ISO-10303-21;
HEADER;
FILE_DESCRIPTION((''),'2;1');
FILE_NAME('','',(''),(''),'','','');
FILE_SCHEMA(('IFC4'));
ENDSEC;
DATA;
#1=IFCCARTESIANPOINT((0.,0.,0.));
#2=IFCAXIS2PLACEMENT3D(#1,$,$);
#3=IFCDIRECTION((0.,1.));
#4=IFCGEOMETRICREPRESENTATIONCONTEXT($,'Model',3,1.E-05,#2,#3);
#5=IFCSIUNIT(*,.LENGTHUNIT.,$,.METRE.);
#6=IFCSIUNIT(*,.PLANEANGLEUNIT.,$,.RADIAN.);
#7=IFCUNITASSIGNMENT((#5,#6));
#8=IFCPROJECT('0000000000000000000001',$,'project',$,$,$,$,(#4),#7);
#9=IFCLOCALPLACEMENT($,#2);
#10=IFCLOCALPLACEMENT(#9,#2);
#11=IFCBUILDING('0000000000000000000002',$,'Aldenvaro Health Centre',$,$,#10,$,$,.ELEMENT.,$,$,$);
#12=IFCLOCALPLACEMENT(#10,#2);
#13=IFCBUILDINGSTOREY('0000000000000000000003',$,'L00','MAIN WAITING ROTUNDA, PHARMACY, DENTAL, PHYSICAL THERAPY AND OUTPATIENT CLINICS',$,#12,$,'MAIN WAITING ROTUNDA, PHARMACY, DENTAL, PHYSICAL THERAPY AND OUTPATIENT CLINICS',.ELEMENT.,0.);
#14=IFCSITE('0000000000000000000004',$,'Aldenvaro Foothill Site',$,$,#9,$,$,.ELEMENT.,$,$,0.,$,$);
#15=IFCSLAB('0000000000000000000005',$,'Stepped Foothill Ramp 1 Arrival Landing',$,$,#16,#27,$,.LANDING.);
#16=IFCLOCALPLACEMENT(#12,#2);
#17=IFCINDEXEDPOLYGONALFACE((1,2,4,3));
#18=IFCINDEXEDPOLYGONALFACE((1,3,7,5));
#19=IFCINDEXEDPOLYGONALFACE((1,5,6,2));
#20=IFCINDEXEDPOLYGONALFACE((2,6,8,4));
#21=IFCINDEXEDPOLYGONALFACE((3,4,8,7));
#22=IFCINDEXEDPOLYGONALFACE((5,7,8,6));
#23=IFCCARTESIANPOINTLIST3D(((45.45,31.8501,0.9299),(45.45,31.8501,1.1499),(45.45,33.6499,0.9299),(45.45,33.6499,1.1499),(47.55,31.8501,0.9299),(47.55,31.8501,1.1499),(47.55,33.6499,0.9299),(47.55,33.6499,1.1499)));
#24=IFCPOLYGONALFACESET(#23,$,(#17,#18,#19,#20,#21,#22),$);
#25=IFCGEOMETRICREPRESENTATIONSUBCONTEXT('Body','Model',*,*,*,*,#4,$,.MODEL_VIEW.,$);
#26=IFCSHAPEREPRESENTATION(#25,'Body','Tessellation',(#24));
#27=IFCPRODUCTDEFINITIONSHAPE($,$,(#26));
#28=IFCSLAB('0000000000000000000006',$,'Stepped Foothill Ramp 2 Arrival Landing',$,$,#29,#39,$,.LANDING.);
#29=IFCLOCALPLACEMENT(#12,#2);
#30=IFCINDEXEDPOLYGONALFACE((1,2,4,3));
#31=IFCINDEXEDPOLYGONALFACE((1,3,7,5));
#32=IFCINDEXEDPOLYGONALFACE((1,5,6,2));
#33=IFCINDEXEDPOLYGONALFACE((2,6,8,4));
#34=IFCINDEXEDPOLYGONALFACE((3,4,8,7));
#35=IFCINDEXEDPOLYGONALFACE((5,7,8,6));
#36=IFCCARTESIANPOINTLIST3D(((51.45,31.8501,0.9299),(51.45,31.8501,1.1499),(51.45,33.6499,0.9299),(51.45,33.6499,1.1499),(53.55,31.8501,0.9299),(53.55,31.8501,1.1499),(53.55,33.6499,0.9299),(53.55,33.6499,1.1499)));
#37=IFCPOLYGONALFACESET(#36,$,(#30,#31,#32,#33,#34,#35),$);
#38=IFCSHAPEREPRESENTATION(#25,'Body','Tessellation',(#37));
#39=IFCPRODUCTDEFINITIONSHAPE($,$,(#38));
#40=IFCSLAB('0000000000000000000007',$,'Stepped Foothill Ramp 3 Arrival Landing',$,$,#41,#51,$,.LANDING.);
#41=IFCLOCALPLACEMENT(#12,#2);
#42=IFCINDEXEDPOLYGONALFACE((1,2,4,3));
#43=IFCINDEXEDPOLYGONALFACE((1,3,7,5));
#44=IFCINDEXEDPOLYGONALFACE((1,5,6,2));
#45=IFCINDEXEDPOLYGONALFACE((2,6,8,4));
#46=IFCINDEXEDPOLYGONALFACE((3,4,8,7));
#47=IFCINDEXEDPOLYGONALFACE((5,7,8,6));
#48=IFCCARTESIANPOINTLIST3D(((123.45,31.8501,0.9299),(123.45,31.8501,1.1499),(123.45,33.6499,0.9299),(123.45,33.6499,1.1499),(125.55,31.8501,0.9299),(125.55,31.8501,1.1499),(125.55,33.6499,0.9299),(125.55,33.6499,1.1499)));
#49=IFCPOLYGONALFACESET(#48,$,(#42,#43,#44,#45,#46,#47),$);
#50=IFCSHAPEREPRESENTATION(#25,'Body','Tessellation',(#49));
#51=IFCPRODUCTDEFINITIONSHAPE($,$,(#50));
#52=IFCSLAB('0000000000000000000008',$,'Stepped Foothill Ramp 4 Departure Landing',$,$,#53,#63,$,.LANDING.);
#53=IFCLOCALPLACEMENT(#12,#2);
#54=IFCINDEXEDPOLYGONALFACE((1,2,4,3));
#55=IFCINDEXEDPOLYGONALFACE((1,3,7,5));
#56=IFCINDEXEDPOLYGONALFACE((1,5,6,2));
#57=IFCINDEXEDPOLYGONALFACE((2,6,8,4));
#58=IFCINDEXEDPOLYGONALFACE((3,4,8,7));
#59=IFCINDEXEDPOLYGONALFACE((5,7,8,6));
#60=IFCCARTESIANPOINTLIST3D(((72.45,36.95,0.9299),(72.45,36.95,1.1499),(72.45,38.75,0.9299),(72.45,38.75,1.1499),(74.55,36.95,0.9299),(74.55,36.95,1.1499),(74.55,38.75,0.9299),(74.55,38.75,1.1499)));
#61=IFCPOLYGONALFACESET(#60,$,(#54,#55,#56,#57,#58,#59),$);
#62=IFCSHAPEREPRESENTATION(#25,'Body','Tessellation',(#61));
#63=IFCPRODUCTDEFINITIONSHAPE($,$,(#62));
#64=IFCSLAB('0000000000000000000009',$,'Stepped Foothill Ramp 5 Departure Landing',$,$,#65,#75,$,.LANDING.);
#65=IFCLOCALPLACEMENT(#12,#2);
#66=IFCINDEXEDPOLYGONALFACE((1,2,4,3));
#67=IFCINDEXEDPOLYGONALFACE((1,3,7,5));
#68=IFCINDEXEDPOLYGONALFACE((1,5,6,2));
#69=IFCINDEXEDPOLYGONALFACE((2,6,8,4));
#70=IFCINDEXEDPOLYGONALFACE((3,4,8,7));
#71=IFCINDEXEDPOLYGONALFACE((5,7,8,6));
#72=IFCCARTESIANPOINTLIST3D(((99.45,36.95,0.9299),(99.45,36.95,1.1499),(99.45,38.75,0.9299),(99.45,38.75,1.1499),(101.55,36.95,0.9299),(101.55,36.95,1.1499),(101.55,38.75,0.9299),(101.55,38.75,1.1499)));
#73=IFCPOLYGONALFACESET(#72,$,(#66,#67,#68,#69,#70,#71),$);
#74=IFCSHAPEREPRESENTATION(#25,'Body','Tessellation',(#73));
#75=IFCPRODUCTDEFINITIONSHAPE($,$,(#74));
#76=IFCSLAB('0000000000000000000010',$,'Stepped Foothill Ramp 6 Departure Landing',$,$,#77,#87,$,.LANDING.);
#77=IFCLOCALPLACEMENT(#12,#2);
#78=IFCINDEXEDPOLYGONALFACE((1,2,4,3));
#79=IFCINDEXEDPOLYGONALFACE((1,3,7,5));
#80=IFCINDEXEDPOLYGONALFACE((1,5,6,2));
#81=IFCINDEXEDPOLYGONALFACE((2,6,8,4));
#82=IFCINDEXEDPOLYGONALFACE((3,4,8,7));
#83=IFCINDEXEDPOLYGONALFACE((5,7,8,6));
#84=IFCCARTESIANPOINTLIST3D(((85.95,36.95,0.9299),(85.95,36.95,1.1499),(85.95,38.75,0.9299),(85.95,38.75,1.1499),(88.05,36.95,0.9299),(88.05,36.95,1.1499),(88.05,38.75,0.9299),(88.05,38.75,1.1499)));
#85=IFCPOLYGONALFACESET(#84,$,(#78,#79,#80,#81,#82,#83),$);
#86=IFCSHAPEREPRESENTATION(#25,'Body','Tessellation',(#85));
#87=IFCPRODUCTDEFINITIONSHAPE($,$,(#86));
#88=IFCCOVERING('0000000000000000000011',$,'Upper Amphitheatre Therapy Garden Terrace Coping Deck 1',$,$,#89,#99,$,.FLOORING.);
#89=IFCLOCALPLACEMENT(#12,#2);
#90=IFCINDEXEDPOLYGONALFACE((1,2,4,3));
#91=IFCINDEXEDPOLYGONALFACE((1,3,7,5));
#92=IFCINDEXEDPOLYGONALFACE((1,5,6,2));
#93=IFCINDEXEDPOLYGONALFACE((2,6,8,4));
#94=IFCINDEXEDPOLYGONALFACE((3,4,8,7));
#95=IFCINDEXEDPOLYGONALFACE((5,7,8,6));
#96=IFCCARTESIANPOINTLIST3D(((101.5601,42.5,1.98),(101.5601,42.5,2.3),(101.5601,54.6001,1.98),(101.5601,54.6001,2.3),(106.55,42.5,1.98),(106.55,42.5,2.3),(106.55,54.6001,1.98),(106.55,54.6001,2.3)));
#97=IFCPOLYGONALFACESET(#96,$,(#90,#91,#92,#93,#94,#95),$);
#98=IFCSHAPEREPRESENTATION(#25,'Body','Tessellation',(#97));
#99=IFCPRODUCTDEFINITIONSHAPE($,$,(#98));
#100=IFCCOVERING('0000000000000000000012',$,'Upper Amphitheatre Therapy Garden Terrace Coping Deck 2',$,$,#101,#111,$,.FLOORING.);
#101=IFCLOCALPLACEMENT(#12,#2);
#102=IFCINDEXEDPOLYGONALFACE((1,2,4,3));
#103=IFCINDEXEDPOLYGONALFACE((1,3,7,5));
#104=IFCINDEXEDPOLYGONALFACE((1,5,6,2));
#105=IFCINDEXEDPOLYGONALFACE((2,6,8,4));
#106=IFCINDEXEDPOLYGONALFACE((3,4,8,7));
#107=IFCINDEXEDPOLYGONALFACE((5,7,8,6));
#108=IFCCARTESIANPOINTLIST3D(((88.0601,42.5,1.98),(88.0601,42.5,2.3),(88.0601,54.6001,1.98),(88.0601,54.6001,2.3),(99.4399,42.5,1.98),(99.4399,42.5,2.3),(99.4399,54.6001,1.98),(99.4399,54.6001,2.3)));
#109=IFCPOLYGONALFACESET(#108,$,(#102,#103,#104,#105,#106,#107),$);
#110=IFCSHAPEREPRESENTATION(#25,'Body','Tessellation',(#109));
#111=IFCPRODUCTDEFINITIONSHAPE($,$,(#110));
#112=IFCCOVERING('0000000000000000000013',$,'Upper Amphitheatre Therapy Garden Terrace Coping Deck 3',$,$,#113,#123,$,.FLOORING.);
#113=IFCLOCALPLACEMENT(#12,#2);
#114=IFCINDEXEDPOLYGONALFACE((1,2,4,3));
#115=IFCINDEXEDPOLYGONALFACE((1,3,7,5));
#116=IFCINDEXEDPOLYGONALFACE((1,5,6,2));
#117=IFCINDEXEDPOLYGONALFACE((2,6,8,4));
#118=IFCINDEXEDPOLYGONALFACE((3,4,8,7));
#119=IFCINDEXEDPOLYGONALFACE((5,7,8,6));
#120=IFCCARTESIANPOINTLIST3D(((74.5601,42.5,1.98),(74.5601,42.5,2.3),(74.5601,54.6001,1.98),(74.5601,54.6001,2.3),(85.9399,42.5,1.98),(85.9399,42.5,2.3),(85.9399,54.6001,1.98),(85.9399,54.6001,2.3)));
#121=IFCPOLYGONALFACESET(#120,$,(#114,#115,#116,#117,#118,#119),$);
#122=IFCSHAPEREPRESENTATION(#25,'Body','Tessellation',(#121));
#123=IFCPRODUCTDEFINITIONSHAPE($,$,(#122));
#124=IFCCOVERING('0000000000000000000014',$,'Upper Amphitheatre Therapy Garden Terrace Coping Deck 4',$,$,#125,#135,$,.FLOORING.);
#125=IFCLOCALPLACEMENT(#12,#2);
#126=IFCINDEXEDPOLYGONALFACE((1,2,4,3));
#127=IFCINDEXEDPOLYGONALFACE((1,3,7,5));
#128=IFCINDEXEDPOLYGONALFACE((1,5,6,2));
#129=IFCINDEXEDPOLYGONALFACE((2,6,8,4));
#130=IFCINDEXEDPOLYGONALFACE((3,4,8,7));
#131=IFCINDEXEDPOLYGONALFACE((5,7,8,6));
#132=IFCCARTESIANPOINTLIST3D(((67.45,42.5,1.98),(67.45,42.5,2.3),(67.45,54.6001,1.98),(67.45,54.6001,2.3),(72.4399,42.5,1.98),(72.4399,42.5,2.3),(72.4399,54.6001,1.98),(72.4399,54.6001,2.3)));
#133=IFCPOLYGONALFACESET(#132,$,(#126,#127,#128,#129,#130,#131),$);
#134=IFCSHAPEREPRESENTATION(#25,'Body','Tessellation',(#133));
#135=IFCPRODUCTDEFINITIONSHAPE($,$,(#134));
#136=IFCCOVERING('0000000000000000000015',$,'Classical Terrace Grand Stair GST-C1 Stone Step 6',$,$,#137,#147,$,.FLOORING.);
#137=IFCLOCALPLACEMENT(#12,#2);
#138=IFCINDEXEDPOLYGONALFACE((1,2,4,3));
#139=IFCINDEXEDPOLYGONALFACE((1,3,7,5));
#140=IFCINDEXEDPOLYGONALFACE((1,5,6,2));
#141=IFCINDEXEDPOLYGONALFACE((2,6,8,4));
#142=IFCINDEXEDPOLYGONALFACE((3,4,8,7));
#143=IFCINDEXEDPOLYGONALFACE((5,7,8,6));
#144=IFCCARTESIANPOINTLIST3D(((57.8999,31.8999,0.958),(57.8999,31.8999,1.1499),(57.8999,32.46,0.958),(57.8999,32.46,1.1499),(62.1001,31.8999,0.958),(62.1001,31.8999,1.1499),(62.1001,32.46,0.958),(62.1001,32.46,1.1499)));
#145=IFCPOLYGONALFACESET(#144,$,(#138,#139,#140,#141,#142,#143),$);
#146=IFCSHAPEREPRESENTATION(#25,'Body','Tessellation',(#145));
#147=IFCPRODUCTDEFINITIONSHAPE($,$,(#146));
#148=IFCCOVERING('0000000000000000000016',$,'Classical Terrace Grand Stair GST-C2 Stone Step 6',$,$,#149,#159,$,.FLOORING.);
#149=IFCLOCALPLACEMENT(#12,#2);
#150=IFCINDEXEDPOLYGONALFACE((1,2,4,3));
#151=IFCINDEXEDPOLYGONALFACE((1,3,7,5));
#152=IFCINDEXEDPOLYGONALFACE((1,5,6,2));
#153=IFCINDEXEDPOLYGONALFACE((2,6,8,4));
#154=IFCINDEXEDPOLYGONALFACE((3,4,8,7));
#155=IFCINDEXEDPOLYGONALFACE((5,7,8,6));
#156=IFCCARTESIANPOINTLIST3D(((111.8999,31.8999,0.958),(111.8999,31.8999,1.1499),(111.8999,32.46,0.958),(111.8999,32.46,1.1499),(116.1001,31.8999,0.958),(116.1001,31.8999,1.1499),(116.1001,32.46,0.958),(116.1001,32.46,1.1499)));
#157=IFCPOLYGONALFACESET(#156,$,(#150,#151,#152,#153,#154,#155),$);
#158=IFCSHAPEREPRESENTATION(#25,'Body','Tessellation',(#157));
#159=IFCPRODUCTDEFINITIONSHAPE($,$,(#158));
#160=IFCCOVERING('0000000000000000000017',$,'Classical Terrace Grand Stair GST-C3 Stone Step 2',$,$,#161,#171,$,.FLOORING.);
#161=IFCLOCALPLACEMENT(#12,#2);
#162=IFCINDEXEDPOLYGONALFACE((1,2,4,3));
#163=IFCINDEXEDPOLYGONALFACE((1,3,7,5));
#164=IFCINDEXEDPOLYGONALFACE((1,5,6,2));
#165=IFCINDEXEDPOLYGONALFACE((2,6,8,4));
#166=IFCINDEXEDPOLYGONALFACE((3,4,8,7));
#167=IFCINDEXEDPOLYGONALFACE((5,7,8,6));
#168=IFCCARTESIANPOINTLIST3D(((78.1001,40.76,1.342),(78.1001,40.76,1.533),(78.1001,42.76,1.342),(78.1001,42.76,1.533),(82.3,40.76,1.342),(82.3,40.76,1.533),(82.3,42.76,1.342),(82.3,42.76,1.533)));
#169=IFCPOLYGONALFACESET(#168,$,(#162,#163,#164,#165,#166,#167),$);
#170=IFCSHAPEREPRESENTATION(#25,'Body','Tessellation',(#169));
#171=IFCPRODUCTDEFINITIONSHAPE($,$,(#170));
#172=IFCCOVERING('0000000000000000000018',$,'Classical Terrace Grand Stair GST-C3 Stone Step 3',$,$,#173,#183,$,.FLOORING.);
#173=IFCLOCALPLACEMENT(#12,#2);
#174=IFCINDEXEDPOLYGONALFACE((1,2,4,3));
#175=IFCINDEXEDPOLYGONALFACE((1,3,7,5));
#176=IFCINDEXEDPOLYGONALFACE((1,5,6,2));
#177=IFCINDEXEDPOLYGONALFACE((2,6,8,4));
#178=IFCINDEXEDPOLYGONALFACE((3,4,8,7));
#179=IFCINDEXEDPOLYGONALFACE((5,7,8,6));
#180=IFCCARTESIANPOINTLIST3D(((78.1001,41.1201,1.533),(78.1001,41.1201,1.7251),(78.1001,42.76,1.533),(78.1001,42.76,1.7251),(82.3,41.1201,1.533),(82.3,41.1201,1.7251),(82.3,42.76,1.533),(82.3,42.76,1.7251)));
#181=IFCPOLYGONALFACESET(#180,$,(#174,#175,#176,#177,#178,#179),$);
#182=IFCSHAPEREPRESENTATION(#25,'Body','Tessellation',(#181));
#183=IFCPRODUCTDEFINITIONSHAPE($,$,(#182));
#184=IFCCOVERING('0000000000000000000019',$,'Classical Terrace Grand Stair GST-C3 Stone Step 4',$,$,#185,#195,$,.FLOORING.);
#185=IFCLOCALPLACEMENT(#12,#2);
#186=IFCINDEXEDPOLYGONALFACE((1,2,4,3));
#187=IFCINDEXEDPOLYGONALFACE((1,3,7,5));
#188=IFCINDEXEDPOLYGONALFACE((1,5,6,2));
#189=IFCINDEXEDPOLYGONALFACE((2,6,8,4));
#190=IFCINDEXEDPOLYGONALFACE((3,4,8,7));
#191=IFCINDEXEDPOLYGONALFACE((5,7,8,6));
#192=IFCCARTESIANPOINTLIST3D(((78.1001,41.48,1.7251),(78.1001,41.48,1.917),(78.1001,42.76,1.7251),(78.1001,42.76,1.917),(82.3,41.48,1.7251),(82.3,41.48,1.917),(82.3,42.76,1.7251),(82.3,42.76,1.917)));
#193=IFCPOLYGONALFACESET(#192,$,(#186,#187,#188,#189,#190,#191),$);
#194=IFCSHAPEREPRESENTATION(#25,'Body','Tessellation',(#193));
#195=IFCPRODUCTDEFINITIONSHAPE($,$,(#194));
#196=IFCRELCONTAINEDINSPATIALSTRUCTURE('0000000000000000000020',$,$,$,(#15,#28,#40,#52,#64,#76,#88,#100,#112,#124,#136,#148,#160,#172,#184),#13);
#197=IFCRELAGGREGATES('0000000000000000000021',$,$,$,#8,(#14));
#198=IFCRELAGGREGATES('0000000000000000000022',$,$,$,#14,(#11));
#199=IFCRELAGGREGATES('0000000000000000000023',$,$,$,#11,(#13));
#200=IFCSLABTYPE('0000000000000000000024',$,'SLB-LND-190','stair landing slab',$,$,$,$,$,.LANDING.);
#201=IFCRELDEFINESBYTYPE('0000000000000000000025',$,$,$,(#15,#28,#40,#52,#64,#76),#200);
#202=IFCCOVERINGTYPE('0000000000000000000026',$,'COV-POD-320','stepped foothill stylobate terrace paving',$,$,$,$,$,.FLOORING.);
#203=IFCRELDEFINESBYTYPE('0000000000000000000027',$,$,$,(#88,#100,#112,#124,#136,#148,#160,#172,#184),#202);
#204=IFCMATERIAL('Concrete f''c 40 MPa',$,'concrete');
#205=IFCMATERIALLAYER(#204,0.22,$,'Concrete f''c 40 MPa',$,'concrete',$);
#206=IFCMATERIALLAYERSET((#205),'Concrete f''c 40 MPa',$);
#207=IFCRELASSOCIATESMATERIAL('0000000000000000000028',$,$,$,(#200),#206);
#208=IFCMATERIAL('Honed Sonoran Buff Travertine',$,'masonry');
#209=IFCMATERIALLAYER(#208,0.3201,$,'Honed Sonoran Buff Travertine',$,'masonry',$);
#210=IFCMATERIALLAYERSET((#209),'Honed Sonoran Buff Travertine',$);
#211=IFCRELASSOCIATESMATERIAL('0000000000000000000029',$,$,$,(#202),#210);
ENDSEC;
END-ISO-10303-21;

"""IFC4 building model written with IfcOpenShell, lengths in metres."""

from ifc_helpers import new_model, si_unit, direction, frame, origin, place, context, subcontext, project, spatial, polyline, outline, extrude, material, layer, layer_set, type_object, element, save


model = new_model("IFC4")

# Units and contexts
model_context = context("Model", 3, precision=1e-05, world=origin(), true_north=direction((0.0, 1.0)))
body_context = subcontext(model_context, "Body", "Model", "MODEL_VIEW")
ifc_project = project(units=[si_unit("LENGTHUNIT", "METRE"), si_unit("PLANEANGLEUNIT", "RADIAN")], contexts=[model_context])

# Site, building, storey
site_placement = place(None, origin())
site = spatial("IfcSite", under=ifc_project, at=site_placement, Name="Aldenvaro Foothill Site", CompositionType="ELEMENT", RefElevation=0.0)
building_placement = place(site_placement, origin())
building = spatial("IfcBuilding", under=site, at=building_placement, Name="Aldenvaro Health Centre", CompositionType="ELEMENT")
storey_placement = place(building_placement, origin())
storey = spatial("IfcBuildingStorey", under=building, at=storey_placement, Name="L00", Description="MAIN WAITING ROTUNDA, PHARMACY, DENTAL, PHYSICAL THERAPY AND OUTPATIENT CLINICS", LongName="MAIN WAITING ROTUNDA, PHARMACY, DENTAL, PHYSICAL THERAPY AND OUTPATIENT CLINICS", CompositionType="ELEMENT", Elevation=0.0)

# Slabs
ifc_material_1 = material(Name="Concrete f'c 40 MPa", Category="concrete")
ifc_layer_1 = layer(ifc_material_1, 0.22, Name="Concrete f'c 40 MPa", Category="concrete")
ifc_layer_set_1 = layer_set([ifc_layer_1], Name="Concrete f'c 40 MPa")
slab_type = type_object("IfcSlabType", Name="SLB-LND-190", Description="stair landing slab", PredefinedType="LANDING", material=ifc_layer_set_1)
slab_1_placement = place(storey_placement, frame((0.0, 0.0, 0.9299)))
element("IfcSlab", 1, at=slab_1_placement, inside=storey, type_object=slab_type, Name="Stepped Foothill Ramp 1 Arrival Landing", PredefinedType="LANDING", context=body_context, shape_type="SweptSolid", body=[
    extrude(outline(polyline([(45.45, 31.8501), (47.55, 31.8501), (47.55, 33.6499), (45.45, 33.6499), (45.45, 31.8501)])), origin(), (0.0, 0.0, 1.0), 0.22),
])
slab_2_placement = place(storey_placement, frame((0.0, 0.0, 0.9299)))
element("IfcSlab", 2, at=slab_2_placement, inside=storey, type_object=slab_type, Name="Stepped Foothill Ramp 2 Arrival Landing", PredefinedType="LANDING", context=body_context, shape_type="SweptSolid", body=[
    extrude(outline(polyline([(51.45, 31.8501), (53.55, 31.8501), (53.55, 33.6499), (51.45, 33.6499), (51.45, 31.8501)])), origin(), (0.0, 0.0, 1.0), 0.22),
])
slab_3_placement = place(storey_placement, frame((0.0, 0.0, 0.9299)))
element("IfcSlab", 3, at=slab_3_placement, inside=storey, type_object=slab_type, Name="Stepped Foothill Ramp 3 Arrival Landing", PredefinedType="LANDING", context=body_context, shape_type="SweptSolid", body=[
    extrude(outline(polyline([(123.45, 31.8501), (125.55, 31.8501), (125.55, 33.6499), (123.45, 33.6499), (123.45, 31.8501)])), origin(), (0.0, 0.0, 1.0), 0.22),
])
slab_4_placement = place(storey_placement, frame((0.0, 0.0, 0.9299)))
element("IfcSlab", 4, at=slab_4_placement, inside=storey, type_object=slab_type, Name="Stepped Foothill Ramp 4 Departure Landing", PredefinedType="LANDING", context=body_context, shape_type="SweptSolid", body=[
    extrude(outline(polyline([(72.45, 36.95), (74.55, 36.95), (74.55, 38.75), (72.45, 38.75), (72.45, 36.95)])), origin(), (0.0, 0.0, 1.0), 0.22),
])
slab_5_placement = place(storey_placement, frame((0.0, 0.0, 0.9299)))
element("IfcSlab", 5, at=slab_5_placement, inside=storey, type_object=slab_type, Name="Stepped Foothill Ramp 5 Departure Landing", PredefinedType="LANDING", context=body_context, shape_type="SweptSolid", body=[
    extrude(outline(polyline([(99.45, 36.95), (101.55, 36.95), (101.55, 38.75), (99.45, 38.75), (99.45, 36.95)])), origin(), (0.0, 0.0, 1.0), 0.22),
])
slab_6_placement = place(storey_placement, frame((0.0, 0.0, 0.9299)))
element("IfcSlab", 6, at=slab_6_placement, inside=storey, type_object=slab_type, Name="Stepped Foothill Ramp 6 Departure Landing", PredefinedType="LANDING", context=body_context, shape_type="SweptSolid", body=[
    extrude(outline(polyline([(85.95, 36.95), (88.05, 36.95), (88.05, 38.75), (85.95, 38.75), (85.95, 36.95)])), origin(), (0.0, 0.0, 1.0), 0.22),
])

# Coverings
ifc_material_2 = material(Name="Honed Sonoran Buff Travertine", Category="masonry")
ifc_layer_2 = layer(ifc_material_2, 0.3201, Name="Honed Sonoran Buff Travertine", Category="masonry")
ifc_layer_set_2 = layer_set([ifc_layer_2], Name="Honed Sonoran Buff Travertine")
covering_type = type_object("IfcCoveringType", Name="COV-POD-320", Description="stepped foothill stylobate terrace paving", PredefinedType="FLOORING", material=ifc_layer_set_2)
covering_1_placement = place(storey_placement, frame((0.0, 0.0, 1.98)))
element("IfcCovering", 7, at=covering_1_placement, inside=storey, type_object=covering_type, Name="Upper Amphitheatre Therapy Garden Terrace Coping Deck 1", PredefinedType="FLOORING", context=body_context, shape_type="SweptSolid", body=[
    extrude(outline(polyline([(106.55, 54.6001), (106.55, 42.5), (101.5601, 42.5), (101.5601, 54.6001), (106.55, 54.6001)])), origin(), (0.0, 0.0, 1.0), 0.3201),
])
covering_2_placement = place(storey_placement, frame((0.0, 0.0, 1.98)))
element("IfcCovering", 8, at=covering_2_placement, inside=storey, type_object=covering_type, Name="Upper Amphitheatre Therapy Garden Terrace Coping Deck 2", PredefinedType="FLOORING", context=body_context, shape_type="SweptSolid", body=[
    extrude(outline(polyline([(99.4399, 54.6001), (99.4399, 42.5), (88.0601, 42.5), (88.0601, 54.6001), (99.4399, 54.6001)])), origin(), (0.0, 0.0, 1.0), 0.3201),
])
covering_3_placement = place(storey_placement, frame((0.0, 0.0, 1.98)))
element("IfcCovering", 9, at=covering_3_placement, inside=storey, type_object=covering_type, Name="Upper Amphitheatre Therapy Garden Terrace Coping Deck 3", PredefinedType="FLOORING", context=body_context, shape_type="SweptSolid", body=[
    extrude(outline(polyline([(85.9399, 54.6001), (85.9399, 42.5), (74.5601, 42.5), (74.5601, 54.6001), (85.9399, 54.6001)])), origin(), (0.0, 0.0, 1.0), 0.3201),
])
covering_4_placement = place(storey_placement, frame((0.0, 0.0, 1.98)))
element("IfcCovering", 10, at=covering_4_placement, inside=storey, type_object=covering_type, Name="Upper Amphitheatre Therapy Garden Terrace Coping Deck 4", PredefinedType="FLOORING", context=body_context, shape_type="SweptSolid", body=[
    extrude(outline(polyline([(72.4399, 54.6001), (72.4399, 42.5), (67.45, 42.5), (67.45, 54.6001), (72.4399, 54.6001)])), origin(), (0.0, 0.0, 1.0), 0.3201),
])
covering_5_placement = place(storey_placement, frame((0.0, 0.0, 0.958)))
element("IfcCovering", 11, at=covering_5_placement, inside=storey, type_object=covering_type, Name="Classical Terrace Grand Stair GST-C1 Stone Step 6", PredefinedType="FLOORING", context=body_context, shape_type="SweptSolid", body=[
    extrude(outline(polyline([(57.8999, 31.8999), (62.1001, 31.8999), (62.1001, 32.46), (57.8999, 32.46), (57.8999, 31.8999)])), origin(), (0.0, 0.0, 1.0), 0.1919),
])
covering_6_placement = place(storey_placement, frame((0.0, 0.0, 0.958)))
element("IfcCovering", 12, at=covering_6_placement, inside=storey, type_object=covering_type, Name="Classical Terrace Grand Stair GST-C2 Stone Step 6", PredefinedType="FLOORING", context=body_context, shape_type="SweptSolid", body=[
    extrude(outline(polyline([(111.8999, 31.8999), (116.1001, 31.8999), (116.1001, 32.46), (111.8999, 32.46), (111.8999, 31.8999)])), origin(), (0.0, 0.0, 1.0), 0.1919),
])
covering_7_placement = place(storey_placement, frame((0.0, 0.0, 1.342)))
element("IfcCovering", 13, at=covering_7_placement, inside=storey, type_object=covering_type, Name="Classical Terrace Grand Stair GST-C3 Stone Step 2", PredefinedType="FLOORING", context=body_context, shape_type="SweptSolid", body=[
    extrude(outline(polyline([(78.1001, 40.76), (82.3, 40.76), (82.3, 42.76), (78.1001, 42.76), (78.1001, 40.76)])), origin(), (0.0, 0.0, 1.0), 0.1909),
])
covering_8_placement = place(storey_placement, frame((0.0, 0.0, 1.533)))
element("IfcCovering", 14, at=covering_8_placement, inside=storey, type_object=covering_type, Name="Classical Terrace Grand Stair GST-C3 Stone Step 3", PredefinedType="FLOORING", context=body_context, shape_type="SweptSolid", body=[
    extrude(outline(polyline([(78.1001, 41.1201), (82.3, 41.1201), (82.3, 42.76), (78.1001, 42.76), (78.1001, 41.1201)])), origin(), (0.0, 0.0, 1.0), 0.1921),
])
covering_9_placement = place(storey_placement, frame((0.0, 0.0, 1.7251)))
element("IfcCovering", 15, at=covering_9_placement, inside=storey, type_object=covering_type, Name="Classical Terrace Grand Stair GST-C3 Stone Step 4", PredefinedType="FLOORING", context=body_context, shape_type="SweptSolid", body=[
    extrude(outline(polyline([(78.1001, 41.48), (82.3, 41.48), (82.3, 42.76), (78.1001, 42.76), (78.1001, 41.48)])), origin(), (0.0, 0.0, 1.0), 0.1919),
])

save(model, "model.ifc")
